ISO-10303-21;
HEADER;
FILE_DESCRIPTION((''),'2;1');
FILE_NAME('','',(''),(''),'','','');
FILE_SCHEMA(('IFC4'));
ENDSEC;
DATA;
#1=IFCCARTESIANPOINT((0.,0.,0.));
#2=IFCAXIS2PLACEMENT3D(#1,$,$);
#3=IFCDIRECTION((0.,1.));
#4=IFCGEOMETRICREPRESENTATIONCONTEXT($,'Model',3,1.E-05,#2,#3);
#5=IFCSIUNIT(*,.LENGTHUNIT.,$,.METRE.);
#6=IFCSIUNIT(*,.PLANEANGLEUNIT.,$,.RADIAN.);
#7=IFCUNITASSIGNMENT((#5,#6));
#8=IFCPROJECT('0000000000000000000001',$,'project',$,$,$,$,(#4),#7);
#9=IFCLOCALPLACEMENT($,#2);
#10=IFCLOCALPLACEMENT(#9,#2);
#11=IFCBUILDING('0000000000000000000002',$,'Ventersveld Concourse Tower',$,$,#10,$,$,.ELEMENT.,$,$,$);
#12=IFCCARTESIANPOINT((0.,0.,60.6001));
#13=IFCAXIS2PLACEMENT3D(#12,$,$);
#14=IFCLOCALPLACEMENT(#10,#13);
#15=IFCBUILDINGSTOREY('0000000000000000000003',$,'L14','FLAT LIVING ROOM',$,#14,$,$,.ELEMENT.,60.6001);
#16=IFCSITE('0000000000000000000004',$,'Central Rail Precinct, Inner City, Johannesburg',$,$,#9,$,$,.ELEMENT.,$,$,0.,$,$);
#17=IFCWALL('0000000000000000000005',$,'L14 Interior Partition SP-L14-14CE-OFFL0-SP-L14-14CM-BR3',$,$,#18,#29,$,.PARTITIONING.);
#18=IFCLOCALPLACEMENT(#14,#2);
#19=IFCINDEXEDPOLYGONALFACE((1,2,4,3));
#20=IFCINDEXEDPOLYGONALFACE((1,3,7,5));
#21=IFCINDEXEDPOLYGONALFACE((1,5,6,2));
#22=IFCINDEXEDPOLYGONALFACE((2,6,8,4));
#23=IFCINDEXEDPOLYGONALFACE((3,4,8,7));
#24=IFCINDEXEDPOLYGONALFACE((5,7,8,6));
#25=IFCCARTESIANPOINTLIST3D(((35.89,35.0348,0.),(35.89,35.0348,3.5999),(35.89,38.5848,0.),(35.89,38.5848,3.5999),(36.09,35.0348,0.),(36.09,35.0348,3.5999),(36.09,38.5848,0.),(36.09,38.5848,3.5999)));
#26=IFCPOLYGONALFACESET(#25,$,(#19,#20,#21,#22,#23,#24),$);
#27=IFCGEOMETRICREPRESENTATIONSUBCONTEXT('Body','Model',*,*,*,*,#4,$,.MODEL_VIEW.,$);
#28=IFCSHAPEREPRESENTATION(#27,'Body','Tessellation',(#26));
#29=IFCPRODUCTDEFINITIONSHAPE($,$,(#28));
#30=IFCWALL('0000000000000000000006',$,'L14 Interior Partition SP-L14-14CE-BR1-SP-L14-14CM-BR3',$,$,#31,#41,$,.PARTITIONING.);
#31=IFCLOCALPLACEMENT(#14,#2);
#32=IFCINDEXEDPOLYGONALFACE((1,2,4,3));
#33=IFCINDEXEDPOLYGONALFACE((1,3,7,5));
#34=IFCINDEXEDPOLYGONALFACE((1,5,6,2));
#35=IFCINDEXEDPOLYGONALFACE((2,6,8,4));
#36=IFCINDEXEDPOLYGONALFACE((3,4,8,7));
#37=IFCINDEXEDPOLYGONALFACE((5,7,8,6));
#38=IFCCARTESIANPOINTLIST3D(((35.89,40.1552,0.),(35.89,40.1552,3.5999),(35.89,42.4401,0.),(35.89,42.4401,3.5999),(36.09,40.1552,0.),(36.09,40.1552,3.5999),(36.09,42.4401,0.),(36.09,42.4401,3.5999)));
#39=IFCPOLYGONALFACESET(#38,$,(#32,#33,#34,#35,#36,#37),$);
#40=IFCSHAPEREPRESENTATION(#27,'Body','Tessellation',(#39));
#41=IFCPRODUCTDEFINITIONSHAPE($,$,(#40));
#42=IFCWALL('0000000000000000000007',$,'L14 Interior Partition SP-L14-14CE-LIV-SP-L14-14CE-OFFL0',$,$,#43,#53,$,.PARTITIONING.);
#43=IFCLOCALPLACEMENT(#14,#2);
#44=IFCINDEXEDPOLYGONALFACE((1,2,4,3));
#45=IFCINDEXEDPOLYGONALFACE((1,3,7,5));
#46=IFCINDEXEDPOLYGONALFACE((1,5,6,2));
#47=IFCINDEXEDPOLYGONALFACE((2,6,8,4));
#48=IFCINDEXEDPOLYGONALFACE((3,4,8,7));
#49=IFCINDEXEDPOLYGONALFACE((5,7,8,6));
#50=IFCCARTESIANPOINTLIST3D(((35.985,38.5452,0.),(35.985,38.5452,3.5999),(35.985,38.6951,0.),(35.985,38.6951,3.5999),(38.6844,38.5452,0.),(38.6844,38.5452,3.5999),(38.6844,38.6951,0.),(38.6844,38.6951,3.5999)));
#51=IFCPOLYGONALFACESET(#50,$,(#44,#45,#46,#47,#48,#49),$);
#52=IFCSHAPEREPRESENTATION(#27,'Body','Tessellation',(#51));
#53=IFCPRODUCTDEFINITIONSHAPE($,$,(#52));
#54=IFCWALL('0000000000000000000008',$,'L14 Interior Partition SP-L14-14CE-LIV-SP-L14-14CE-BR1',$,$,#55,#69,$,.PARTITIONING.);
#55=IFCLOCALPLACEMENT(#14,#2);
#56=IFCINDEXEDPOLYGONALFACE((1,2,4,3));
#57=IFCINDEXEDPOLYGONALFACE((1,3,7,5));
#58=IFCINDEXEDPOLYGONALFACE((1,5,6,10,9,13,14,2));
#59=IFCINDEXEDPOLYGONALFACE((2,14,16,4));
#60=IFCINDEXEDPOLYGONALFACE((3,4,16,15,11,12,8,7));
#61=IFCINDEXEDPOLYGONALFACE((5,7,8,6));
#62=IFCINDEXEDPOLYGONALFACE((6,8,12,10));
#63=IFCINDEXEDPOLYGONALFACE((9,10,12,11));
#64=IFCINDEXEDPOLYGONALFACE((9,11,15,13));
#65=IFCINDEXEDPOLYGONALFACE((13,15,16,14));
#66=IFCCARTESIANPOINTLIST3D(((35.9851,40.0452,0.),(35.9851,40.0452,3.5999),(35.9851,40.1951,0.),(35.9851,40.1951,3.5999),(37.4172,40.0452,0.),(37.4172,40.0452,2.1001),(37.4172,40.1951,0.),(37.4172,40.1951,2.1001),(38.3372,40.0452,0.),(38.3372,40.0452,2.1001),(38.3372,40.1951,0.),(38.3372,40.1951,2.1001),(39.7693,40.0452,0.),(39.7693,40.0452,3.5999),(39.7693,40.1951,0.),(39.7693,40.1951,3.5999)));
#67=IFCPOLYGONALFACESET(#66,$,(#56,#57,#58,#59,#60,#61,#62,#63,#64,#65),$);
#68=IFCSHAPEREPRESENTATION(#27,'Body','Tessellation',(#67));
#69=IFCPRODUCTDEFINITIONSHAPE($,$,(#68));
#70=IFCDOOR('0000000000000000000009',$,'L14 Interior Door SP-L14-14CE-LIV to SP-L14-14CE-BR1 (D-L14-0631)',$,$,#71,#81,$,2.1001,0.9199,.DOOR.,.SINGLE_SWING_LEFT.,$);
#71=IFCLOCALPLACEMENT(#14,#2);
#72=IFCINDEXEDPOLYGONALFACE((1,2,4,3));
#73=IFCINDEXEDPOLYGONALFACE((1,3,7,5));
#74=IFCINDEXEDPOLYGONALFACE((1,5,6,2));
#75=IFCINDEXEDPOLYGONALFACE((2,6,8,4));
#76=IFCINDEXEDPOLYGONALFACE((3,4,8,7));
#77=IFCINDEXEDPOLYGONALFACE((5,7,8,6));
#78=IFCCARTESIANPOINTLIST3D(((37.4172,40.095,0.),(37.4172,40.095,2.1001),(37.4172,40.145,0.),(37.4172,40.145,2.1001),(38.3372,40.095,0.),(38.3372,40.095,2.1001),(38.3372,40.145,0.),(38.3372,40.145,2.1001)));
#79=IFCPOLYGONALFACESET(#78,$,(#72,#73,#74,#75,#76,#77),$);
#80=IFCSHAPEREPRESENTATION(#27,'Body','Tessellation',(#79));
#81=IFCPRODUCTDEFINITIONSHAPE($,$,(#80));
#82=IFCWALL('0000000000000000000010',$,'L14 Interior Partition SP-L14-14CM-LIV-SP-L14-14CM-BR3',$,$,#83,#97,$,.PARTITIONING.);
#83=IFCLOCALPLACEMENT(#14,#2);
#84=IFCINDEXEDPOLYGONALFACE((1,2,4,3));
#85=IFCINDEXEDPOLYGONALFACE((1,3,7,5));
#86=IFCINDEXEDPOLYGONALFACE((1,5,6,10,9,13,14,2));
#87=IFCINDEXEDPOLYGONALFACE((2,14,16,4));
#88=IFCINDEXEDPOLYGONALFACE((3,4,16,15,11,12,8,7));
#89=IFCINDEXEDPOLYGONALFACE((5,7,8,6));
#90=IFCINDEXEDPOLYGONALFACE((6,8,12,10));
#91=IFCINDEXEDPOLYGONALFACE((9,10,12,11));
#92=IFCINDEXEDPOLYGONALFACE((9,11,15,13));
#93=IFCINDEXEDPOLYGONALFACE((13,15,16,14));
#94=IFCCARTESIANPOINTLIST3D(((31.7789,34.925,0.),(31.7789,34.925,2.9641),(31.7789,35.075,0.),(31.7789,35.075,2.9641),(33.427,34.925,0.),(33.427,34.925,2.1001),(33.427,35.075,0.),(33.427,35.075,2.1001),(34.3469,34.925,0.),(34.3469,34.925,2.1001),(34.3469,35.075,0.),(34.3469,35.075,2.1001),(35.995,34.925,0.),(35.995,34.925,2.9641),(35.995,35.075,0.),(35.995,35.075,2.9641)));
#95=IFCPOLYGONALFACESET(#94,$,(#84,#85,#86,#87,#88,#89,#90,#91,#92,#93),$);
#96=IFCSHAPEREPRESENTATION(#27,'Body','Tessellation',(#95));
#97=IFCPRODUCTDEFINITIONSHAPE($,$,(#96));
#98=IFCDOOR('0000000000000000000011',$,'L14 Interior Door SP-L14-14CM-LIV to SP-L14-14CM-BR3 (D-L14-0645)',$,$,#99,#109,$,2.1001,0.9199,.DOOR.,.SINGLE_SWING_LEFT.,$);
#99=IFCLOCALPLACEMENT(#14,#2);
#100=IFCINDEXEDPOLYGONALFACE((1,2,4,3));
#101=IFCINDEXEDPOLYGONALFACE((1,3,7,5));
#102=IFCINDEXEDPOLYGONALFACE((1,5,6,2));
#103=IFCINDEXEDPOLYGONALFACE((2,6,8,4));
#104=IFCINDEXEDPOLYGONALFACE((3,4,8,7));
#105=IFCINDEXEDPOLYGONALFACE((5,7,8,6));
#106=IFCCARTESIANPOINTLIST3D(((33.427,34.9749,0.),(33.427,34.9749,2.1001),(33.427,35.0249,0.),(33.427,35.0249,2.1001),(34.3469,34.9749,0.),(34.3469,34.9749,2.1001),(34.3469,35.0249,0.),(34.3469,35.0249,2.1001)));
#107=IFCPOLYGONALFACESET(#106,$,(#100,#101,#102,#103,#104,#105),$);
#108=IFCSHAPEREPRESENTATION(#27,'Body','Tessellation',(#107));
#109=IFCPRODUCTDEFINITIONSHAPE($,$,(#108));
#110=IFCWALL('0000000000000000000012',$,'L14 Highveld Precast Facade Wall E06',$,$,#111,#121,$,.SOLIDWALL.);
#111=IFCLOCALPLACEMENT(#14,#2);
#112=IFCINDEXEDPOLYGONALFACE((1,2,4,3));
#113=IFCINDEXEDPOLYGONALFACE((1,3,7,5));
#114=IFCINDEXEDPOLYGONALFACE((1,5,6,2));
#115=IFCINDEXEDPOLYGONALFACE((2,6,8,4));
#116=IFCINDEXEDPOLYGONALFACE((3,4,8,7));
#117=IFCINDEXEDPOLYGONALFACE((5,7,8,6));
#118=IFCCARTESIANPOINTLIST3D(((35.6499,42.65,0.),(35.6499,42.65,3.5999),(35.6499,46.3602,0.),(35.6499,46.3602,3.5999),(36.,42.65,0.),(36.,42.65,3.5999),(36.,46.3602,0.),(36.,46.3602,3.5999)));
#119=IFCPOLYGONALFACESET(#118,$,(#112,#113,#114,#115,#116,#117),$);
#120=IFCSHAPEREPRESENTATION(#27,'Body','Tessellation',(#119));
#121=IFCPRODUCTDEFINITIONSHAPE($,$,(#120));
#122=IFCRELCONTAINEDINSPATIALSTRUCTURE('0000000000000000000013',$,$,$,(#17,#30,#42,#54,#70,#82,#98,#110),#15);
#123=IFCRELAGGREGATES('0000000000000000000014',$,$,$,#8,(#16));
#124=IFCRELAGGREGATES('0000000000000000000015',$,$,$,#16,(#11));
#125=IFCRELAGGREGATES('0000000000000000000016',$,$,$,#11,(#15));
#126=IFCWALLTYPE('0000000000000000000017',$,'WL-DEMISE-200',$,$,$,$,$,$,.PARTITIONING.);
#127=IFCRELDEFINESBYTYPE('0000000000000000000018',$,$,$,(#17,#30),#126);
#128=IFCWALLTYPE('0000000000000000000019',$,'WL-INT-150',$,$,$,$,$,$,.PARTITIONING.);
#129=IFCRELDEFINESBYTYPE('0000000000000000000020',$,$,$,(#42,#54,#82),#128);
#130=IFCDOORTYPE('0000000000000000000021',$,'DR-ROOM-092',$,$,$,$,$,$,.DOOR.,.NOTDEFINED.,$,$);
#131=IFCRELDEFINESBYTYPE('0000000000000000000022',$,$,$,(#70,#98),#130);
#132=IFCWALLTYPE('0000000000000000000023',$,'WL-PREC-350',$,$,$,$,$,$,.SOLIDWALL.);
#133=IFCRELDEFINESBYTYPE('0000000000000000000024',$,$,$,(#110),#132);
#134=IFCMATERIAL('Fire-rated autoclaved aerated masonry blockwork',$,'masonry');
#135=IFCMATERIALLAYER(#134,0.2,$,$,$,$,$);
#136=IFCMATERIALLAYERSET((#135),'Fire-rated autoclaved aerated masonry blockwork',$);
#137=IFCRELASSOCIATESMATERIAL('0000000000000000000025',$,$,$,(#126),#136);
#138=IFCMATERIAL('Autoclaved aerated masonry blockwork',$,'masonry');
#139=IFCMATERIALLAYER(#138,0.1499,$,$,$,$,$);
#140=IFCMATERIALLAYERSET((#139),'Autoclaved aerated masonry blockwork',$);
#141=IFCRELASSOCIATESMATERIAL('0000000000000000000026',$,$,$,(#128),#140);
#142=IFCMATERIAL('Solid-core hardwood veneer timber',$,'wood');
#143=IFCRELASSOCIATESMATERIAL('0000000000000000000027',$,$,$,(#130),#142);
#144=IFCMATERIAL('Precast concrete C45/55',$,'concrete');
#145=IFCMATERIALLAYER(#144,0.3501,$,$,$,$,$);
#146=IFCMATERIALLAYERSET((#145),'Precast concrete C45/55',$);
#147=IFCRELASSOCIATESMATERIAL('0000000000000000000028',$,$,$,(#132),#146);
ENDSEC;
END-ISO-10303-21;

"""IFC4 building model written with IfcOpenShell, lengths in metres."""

from ifc_helpers import new_model, si_unit, direction, frame, frame_2d, origin, place, context, subcontext, project, spatial, rectangle, extrude, material, layer, layer_set, type_object, element, fill, save


model = new_model("IFC4")

# Units and contexts
model_context = context("Model", 3, precision=1e-05, world=origin(), true_north=direction((0.0, 1.0)))
body_context = subcontext(model_context, "Body", "Model", "MODEL_VIEW")
ifc_project = project(units=[si_unit("LENGTHUNIT", "METRE"), si_unit("PLANEANGLEUNIT", "RADIAN")], contexts=[model_context])

# Site, building, storey
site_placement = place(None, origin())
site = spatial("IfcSite", under=ifc_project, at=site_placement, Name="Central Rail Precinct, Inner City, Johannesburg", CompositionType="ELEMENT", RefElevation=0.0)
building_placement = place(site_placement, origin())
building = spatial("IfcBuilding", under=site, at=building_placement, Name="Ventersveld Concourse Tower", CompositionType="ELEMENT")
storey_placement = place(building_placement, frame((0.0, 0.0, 60.6001)))
storey = spatial("IfcBuildingStorey", under=building, at=storey_placement, Name="L14", Description="FLAT LIVING ROOM", CompositionType="ELEMENT", Elevation=60.6001)

# Walls
ifc_material_1 = material(Name="Fire-rated autoclaved aerated masonry blockwork", Category="masonry")
ifc_layer_1 = layer(ifc_material_1, 0.2)
ifc_layer_set_1 = layer_set([ifc_layer_1], Name="Fire-rated autoclaved aerated masonry blockwork")
wall_type_1 = type_object("IfcWallType", Name="WL-DEMISE-200", PredefinedType="PARTITIONING", material=ifc_layer_set_1)
wall_1_placement = place(storey_placement, frame((35.99, 35.0349, 0.0), z_axis=(0.0, 0.0, 1.0), x_axis=(0.0, 1.0, 0.0)))
element("IfcWall", 1, at=wall_1_placement, inside=storey, type_object=wall_type_1, Name="L14 Interior Partition SP-L14-14CE-OFFL0-SP-L14-14CM-BR3", PredefinedType="PARTITIONING", context=body_context, shape_type="SweptSolid", body=[
    extrude(rectangle(XDim=3.55, YDim=0.2, at=frame_2d((1.7749, 0.0))), origin(), (0.0, 0.0, 1.0), 3.5999),
])
wall_2_placement = place(storey_placement, frame((35.99, 40.155, 0.0), z_axis=(0.0, 0.0, 1.0), x_axis=(0.0, 1.0, 0.0)))
element("IfcWall", 2, at=wall_2_placement, inside=storey, type_object=wall_type_1, Name="L14 Interior Partition SP-L14-14CE-BR1-SP-L14-14CM-BR3", PredefinedType="PARTITIONING", context=body_context, shape_type="SweptSolid", body=[
    extrude(rectangle(XDim=2.2849, YDim=0.2, at=frame_2d((1.1426, 0.0))), origin(), (0.0, 0.0, 1.0), 3.5999),
])
ifc_material_2 = material(Name="Autoclaved aerated masonry blockwork", Category="masonry")
ifc_layer_2 = layer(ifc_material_2, 0.1499)
ifc_layer_set_2 = layer_set([ifc_layer_2], Name="Autoclaved aerated masonry blockwork")
wall_type_2 = type_object("IfcWallType", Name="WL-INT-150", PredefinedType="PARTITIONING", material=ifc_layer_set_2)
wall_3_placement = place(storey_placement, frame((35.9851, 38.6201, 0.0), z_axis=(0.0, 0.0, 1.0), x_axis=(1.0, 0.0, 0.0)))
element("IfcWall", 3, at=wall_3_placement, inside=storey, type_object=wall_type_2, Name="L14 Interior Partition SP-L14-14CE-LIV-SP-L14-14CE-OFFL0", PredefinedType="PARTITIONING", context=body_context, shape_type="SweptSolid", body=[
    extrude(rectangle(XDim=2.6995, YDim=0.1499, at=frame_2d((1.3496, 0.0))), origin(), (0.0, 0.0, 1.0), 3.5999),
])

# Walls, openings, doors
wall_4_placement = place(storey_placement, frame((35.9851, 40.1201, 0.0), z_axis=(0.0, 0.0, 1.0), x_axis=(1.0, 0.0, 0.0)))
wall_4 = element("IfcWall", 4, at=wall_4_placement, inside=storey, type_object=wall_type_2, Name="L14 Interior Partition SP-L14-14CE-LIV-SP-L14-14CE-BR1", PredefinedType="PARTITIONING", context=body_context, shape_type="SweptSolid", body=[
    extrude(rectangle(XDim=3.7842, YDim=0.1499, at=frame_2d((1.8921, 0.0))), origin(), (0.0, 0.0, 1.0), 3.5999),
])
opening_1_placement = place(wall_4_placement, frame((1.4321, 0.0, 0.0)))
opening_1 = element("IfcOpeningElement", 5, at=opening_1_placement, cuts=wall_4, PredefinedType="OPENING", context=body_context, shape_type="SweptSolid", body=[
    extrude(rectangle(XDim=0.9199, YDim=2.1001, at=frame_2d((0.46, 1.05))), frame((0.0, 0.085, 0.0), z_axis=(0.0, -1.0, 0.0), x_axis=(1.0, 0.0, 0.0)), (0.0, 0.0, 1.0), 0.1699),
])
ifc_material_3 = material(Name="Solid-core hardwood veneer timber", Category="wood")
door_type_1 = type_object("IfcDoorType", Name="DR-ROOM-092", OperationType="NOTDEFINED", PredefinedType="DOOR", material=ifc_material_3)
door_1_placement = place(opening_1_placement, origin())
door_1 = element("IfcDoor", 6, at=door_1_placement, inside=storey, type_object=door_type_1, Name="L14 Interior Door SP-L14-14CE-LIV to SP-L14-14CE-BR1 (D-L14-0631)", OperationType="SINGLE_SWING_LEFT", OverallHeight=2.1001, OverallWidth=0.9199, PredefinedType="DOOR", context=body_context, shape_type="SweptSolid", body=[
    extrude(rectangle(XDim=0.9199, YDim=2.1001, at=frame_2d((0.46, 1.05))), frame((0.0, 0.0249, 0.0), z_axis=(0.0, -1.0, 0.0), x_axis=(1.0, 0.0, 0.0)), (0.0, 0.0, 1.0), 0.05),
])
fill(opening_1, door_1)
wall_5_placement = place(storey_placement, frame((31.7791, 35.0, 0.0), z_axis=(0.0, 0.0, 1.0), x_axis=(1.0, 0.0, 0.0)))
wall_5 = element("IfcWall", 7, at=wall_5_placement, inside=storey, type_object=wall_type_2, Name="L14 Interior Partition SP-L14-14CM-LIV-SP-L14-14CM-BR3", PredefinedType="PARTITIONING", context=body_context, shape_type="SweptSolid", body=[
    extrude(rectangle(XDim=4.2161, YDim=0.1499, at=frame_2d((2.1079, 0.0))), origin(), (0.0, 0.0, 1.0), 2.9641),
])
opening_2_placement = place(wall_5_placement, frame((1.6479, 0.0, 0.0)))
opening_2 = element("IfcOpeningElement", 8, at=opening_2_placement, cuts=wall_5, PredefinedType="OPENING", context=body_context, shape_type="SweptSolid", body=[
    extrude(rectangle(XDim=0.9199, YDim=2.1001, at=frame_2d((0.46, 1.05))), frame((0.0, 0.085, 0.0), z_axis=(0.0, -1.0, 0.0), x_axis=(1.0, 0.0, 0.0)), (0.0, 0.0, 1.0), 0.1699),
])
door_2_placement = place(opening_2_placement, origin())
door_2 = element("IfcDoor", 9, at=door_2_placement, inside=storey, type_object=door_type_1, Name="L14 Interior Door SP-L14-14CM-LIV to SP-L14-14CM-BR3 (D-L14-0645)", OperationType="SINGLE_SWING_LEFT", OverallHeight=2.1001, OverallWidth=0.9199, PredefinedType="DOOR", context=body_context, shape_type="SweptSolid", body=[
    extrude(rectangle(XDim=0.9199, YDim=2.1001, at=frame_2d((0.46, 1.05))), frame((0.0, 0.0249, 0.0), z_axis=(0.0, -1.0, 0.0), x_axis=(1.0, 0.0, 0.0)), (0.0, 0.0, 1.0), 0.05),
])
fill(opening_2, door_2)

# Wall
ifc_material_4 = material(Name="Precast concrete C45/55", Category="concrete")
ifc_layer_3 = layer(ifc_material_4, 0.3501)
ifc_layer_set_3 = layer_set([ifc_layer_3], Name="Precast concrete C45/55")
wall_type_3 = type_object("IfcWallType", Name="WL-PREC-350", PredefinedType="SOLIDWALL", material=ifc_layer_set_3)
wall_6_placement = place(storey_placement, frame((35.825, 46.3601, 0.0), z_axis=(0.0, 0.0, 1.0), x_axis=(0.0, -1.0, 0.0)))
element("IfcWall", 10, at=wall_6_placement, inside=storey, type_object=wall_type_3, Name="L14 Highveld Precast Facade Wall E06", PredefinedType="SOLIDWALL", context=body_context, shape_type="SweptSolid", body=[
    extrude(rectangle(XDim=3.7102, YDim=0.3501, at=frame_2d((1.855, 0.0))), origin(), (0.0, 0.0, 1.0), 3.5999),
])

save(model, "model.ifc")
